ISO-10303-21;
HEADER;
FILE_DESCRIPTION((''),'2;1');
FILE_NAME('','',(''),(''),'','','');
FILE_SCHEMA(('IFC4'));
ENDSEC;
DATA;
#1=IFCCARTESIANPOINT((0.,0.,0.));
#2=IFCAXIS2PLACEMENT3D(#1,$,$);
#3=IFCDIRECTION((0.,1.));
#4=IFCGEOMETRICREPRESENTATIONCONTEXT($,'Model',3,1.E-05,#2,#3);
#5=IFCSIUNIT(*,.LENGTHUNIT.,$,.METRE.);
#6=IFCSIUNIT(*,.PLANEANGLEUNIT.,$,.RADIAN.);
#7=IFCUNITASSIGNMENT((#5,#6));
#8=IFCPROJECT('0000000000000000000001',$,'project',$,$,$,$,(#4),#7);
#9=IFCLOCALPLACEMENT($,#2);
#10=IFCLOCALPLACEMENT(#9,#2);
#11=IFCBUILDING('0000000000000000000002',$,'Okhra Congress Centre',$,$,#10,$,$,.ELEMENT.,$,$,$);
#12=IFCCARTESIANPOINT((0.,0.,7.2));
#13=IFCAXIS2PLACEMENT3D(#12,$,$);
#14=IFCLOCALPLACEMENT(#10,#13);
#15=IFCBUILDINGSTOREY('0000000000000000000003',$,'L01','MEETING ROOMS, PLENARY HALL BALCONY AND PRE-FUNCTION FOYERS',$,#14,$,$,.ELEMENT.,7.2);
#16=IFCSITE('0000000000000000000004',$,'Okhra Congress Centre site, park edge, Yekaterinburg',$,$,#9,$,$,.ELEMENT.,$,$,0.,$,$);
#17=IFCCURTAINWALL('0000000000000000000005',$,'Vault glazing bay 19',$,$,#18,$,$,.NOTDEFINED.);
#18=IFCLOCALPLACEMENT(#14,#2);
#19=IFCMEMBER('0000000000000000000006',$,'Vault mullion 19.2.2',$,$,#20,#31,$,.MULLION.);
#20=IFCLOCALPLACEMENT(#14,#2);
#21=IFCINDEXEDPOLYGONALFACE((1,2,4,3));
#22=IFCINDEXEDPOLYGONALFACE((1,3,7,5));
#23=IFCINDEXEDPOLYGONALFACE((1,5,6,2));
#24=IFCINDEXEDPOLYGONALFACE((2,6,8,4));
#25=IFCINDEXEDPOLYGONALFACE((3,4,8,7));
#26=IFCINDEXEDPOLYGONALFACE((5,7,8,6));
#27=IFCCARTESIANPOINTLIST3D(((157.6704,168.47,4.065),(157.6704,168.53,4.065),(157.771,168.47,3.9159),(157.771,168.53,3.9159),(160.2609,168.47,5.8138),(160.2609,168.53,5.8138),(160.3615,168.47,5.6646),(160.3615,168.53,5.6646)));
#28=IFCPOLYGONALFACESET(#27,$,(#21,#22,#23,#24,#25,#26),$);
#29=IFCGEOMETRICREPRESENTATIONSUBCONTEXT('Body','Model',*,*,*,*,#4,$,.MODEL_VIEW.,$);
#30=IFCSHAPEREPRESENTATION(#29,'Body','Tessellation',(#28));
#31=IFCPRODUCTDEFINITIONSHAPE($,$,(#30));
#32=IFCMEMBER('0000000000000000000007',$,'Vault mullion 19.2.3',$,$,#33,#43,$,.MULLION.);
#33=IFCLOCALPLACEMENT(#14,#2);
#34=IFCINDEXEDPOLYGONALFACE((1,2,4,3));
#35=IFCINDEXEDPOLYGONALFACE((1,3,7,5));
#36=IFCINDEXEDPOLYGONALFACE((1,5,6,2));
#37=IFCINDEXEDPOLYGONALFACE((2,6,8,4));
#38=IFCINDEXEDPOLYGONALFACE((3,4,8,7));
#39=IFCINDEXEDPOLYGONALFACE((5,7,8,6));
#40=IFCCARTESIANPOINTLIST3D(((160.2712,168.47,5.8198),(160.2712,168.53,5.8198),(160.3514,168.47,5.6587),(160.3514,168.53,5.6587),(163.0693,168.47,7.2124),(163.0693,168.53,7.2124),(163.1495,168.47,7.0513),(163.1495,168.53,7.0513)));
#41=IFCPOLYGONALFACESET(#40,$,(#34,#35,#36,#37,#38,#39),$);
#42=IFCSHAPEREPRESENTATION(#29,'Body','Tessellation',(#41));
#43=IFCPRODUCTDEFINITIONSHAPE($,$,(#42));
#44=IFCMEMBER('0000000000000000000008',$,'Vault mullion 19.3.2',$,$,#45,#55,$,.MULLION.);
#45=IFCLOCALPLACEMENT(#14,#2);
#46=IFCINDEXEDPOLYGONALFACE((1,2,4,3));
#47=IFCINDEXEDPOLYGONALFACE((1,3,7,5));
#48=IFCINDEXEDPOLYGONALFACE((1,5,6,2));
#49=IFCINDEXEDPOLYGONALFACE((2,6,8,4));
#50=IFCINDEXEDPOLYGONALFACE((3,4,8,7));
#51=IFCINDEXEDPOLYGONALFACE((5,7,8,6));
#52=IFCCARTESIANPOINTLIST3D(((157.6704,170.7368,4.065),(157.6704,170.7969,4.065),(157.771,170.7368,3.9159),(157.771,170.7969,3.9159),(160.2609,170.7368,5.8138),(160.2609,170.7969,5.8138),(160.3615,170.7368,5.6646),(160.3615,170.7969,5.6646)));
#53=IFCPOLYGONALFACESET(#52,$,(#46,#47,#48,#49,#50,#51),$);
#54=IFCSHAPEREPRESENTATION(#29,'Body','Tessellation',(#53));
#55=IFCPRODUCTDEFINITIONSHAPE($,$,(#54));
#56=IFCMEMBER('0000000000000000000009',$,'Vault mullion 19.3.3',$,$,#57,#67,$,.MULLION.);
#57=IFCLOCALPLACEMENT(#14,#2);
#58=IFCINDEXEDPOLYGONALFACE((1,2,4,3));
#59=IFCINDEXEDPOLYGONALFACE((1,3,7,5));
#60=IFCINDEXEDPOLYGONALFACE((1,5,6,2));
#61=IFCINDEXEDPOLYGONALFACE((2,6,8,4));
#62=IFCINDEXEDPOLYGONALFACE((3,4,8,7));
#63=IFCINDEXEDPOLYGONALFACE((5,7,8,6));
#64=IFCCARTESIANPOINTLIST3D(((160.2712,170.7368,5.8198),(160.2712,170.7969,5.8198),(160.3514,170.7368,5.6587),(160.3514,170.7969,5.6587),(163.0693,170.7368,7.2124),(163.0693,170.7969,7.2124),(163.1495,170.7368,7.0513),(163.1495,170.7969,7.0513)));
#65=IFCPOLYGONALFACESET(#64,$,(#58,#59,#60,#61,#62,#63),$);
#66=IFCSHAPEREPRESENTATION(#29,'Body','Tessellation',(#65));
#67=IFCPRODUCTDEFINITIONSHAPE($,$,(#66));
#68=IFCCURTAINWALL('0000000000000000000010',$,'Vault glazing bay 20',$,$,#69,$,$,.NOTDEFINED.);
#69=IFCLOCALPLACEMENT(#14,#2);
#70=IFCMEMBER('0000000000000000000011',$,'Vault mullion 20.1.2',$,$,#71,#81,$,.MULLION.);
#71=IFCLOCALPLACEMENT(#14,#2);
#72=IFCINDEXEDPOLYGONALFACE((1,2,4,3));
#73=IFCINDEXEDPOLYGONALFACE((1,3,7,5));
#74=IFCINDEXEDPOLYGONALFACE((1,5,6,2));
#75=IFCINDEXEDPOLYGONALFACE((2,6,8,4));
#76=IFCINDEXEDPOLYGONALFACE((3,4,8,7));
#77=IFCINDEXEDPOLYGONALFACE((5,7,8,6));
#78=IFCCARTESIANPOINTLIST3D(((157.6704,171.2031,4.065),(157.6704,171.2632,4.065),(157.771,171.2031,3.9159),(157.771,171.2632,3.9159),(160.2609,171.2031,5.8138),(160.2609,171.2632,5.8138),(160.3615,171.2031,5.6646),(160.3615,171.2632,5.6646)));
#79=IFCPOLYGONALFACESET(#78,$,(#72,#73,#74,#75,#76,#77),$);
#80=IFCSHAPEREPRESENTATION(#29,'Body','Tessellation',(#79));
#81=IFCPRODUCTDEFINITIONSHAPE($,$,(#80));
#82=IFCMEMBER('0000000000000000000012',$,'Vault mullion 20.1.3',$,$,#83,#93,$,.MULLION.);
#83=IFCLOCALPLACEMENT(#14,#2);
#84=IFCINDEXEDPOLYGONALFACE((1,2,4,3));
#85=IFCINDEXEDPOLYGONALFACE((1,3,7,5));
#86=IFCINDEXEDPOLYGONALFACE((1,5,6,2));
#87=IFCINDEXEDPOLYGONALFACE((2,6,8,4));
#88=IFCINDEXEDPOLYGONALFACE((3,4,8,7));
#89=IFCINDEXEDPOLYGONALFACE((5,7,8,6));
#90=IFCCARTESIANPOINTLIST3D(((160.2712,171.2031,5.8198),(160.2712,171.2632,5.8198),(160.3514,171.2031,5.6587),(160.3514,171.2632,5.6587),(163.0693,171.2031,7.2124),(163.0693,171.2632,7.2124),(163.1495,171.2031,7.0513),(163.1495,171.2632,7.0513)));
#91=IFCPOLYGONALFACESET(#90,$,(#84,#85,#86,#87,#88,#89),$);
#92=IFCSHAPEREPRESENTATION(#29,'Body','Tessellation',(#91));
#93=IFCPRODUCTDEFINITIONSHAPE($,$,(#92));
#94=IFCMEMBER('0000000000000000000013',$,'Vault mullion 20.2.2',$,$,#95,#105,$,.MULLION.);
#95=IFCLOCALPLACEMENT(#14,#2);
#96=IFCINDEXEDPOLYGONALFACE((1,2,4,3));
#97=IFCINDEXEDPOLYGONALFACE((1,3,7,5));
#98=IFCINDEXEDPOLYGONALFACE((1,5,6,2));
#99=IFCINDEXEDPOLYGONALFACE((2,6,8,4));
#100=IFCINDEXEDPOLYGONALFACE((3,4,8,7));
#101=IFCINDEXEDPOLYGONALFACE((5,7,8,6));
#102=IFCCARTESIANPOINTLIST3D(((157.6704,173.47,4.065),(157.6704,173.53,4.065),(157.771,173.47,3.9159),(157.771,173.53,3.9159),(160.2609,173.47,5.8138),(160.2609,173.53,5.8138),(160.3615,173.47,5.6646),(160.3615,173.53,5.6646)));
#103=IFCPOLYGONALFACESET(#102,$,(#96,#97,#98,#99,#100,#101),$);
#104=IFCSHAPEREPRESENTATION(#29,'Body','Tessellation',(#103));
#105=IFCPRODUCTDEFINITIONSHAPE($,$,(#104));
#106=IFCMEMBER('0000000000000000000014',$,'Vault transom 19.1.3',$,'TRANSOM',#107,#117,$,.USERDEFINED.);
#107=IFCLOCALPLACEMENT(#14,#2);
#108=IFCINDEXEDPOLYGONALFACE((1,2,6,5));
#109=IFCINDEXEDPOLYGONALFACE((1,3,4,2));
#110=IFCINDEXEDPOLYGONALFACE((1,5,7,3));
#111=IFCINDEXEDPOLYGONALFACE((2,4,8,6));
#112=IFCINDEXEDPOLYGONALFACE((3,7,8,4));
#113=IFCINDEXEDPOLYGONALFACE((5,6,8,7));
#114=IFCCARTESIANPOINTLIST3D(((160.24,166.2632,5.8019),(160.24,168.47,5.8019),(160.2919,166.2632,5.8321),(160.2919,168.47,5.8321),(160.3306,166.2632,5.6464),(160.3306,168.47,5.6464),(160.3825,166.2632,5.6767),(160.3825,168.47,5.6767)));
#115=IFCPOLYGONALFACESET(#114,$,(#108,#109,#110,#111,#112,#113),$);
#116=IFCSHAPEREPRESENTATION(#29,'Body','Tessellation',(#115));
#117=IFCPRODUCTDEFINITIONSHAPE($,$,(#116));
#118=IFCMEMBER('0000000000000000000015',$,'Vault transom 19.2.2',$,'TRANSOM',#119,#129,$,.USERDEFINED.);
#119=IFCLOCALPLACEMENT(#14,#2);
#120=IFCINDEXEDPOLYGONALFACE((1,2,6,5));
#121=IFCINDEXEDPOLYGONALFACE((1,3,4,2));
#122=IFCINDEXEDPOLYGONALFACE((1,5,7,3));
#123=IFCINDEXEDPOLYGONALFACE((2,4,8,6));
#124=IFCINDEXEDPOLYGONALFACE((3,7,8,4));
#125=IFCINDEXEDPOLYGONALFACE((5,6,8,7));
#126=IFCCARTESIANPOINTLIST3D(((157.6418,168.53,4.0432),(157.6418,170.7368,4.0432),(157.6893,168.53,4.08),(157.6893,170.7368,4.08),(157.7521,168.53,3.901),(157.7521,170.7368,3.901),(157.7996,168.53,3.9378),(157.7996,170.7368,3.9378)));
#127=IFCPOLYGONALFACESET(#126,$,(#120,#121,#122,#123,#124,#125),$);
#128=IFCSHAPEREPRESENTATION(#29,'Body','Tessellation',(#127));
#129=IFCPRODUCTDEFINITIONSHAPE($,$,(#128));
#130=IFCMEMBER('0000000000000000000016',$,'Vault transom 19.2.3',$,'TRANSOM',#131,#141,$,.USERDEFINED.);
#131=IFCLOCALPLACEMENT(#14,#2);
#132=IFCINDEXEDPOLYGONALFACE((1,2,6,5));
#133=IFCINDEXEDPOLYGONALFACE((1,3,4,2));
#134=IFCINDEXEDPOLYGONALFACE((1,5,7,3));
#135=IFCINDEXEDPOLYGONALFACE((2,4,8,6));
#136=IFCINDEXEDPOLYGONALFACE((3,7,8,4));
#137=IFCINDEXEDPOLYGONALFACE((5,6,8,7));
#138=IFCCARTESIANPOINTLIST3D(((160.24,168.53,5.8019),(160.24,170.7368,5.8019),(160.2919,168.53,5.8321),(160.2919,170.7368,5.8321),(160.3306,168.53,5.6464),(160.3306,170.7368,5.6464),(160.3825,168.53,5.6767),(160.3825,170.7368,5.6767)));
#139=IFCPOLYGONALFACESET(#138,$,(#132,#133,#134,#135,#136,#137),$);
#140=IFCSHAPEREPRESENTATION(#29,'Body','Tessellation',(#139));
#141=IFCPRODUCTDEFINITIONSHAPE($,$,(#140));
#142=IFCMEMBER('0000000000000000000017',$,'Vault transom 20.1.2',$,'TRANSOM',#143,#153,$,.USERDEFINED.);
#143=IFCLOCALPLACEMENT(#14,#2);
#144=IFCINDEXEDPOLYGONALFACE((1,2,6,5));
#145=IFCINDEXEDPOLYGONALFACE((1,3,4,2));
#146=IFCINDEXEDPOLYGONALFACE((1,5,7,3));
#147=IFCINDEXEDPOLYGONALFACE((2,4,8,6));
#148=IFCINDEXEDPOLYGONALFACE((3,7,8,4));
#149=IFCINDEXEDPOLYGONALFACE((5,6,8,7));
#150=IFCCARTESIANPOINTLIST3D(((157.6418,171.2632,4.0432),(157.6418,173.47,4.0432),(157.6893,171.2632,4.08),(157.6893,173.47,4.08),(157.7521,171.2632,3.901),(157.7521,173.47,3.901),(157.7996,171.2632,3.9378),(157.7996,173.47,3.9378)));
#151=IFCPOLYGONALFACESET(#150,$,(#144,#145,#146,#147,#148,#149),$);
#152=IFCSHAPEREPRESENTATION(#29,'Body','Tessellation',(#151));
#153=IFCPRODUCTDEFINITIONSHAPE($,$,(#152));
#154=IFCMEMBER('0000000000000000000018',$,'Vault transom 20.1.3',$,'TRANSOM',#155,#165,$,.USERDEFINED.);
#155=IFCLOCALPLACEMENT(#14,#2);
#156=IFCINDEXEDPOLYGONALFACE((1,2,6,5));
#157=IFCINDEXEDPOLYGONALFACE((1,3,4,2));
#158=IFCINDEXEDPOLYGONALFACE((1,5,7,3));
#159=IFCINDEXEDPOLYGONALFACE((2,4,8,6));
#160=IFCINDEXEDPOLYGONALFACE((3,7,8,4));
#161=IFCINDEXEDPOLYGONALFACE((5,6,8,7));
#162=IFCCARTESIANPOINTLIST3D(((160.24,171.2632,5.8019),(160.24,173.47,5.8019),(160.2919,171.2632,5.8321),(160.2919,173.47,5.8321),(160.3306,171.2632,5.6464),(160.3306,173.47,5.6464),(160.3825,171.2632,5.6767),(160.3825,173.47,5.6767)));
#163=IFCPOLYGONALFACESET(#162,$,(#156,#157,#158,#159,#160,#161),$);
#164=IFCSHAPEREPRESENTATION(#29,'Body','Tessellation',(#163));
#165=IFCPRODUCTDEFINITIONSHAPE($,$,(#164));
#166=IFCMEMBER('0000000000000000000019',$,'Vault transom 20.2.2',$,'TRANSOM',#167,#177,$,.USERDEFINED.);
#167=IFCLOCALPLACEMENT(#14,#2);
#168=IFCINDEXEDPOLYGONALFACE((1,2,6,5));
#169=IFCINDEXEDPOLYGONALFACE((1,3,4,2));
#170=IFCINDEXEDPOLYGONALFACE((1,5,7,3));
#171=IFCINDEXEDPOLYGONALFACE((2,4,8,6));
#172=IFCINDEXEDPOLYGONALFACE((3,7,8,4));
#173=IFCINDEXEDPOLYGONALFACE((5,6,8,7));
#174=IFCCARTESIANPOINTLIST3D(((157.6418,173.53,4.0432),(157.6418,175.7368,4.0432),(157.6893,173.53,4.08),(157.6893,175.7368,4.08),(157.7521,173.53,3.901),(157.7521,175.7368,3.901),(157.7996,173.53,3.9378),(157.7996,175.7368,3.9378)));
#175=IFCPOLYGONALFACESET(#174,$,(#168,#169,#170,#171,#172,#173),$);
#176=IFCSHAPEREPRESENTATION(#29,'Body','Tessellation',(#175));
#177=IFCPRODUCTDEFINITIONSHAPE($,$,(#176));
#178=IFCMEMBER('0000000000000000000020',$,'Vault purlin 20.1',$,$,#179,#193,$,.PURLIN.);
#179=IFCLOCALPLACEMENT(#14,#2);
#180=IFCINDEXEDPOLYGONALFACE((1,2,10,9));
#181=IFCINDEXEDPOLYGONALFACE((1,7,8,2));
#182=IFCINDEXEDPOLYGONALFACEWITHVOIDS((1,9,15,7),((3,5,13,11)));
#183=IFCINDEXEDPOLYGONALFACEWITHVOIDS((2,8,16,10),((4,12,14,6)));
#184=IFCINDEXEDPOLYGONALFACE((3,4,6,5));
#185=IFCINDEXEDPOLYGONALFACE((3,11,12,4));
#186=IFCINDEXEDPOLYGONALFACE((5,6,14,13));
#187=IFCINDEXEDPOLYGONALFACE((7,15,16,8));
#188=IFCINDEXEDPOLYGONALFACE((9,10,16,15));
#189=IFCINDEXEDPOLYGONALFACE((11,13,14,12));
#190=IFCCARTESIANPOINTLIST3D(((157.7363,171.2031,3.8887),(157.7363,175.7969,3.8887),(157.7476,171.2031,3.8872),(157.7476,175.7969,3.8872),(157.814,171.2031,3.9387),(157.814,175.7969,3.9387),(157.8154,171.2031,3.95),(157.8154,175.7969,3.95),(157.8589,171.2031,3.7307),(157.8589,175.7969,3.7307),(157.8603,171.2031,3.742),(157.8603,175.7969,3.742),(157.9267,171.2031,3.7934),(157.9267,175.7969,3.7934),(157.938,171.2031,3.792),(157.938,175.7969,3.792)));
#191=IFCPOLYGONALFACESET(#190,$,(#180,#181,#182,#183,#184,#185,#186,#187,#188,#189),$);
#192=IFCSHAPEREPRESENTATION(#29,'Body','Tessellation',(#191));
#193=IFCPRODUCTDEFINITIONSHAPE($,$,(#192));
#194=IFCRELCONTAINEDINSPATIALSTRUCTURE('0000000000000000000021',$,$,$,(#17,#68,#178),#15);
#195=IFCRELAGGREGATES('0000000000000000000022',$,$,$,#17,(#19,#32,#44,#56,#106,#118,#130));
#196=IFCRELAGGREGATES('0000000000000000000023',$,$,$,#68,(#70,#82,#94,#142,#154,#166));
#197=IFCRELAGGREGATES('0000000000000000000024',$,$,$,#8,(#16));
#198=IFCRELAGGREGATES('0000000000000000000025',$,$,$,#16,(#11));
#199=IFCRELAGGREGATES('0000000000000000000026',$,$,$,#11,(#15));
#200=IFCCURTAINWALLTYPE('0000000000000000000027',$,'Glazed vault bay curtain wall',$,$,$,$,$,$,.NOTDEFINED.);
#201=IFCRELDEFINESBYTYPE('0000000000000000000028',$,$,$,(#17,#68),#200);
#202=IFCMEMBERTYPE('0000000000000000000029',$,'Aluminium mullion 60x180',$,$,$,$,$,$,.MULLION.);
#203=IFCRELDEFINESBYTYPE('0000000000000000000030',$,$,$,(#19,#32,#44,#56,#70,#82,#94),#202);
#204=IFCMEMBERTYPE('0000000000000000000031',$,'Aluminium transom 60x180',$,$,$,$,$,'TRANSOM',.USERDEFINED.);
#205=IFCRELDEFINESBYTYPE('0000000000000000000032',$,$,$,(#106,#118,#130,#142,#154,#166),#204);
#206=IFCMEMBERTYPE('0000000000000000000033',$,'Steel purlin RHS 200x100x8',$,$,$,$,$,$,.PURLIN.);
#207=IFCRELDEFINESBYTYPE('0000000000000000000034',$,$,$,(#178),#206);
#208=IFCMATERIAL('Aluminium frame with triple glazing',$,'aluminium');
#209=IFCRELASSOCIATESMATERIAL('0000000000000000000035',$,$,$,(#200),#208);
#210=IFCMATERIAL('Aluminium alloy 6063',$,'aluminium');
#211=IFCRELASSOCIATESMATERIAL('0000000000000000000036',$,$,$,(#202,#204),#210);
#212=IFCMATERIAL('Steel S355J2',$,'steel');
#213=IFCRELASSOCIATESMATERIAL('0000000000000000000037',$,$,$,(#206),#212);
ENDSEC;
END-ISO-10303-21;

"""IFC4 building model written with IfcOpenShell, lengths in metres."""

from ifc_helpers import new_model, si_unit, direction, frame, origin, origin_2d, place, context, subcontext, project, spatial, rectangle, hollow_rectangle, extrude, material, material_profile, profile_set, type_object, element, aggregate, save


model = new_model("IFC4")

# Units and contexts
model_context = context("Model", 3, precision=1e-05, world=origin(), true_north=direction((0.0, 1.0)))
body_context = subcontext(model_context, "Body", "Model", "MODEL_VIEW")
ifc_project = project(units=[si_unit("LENGTHUNIT", "METRE"), si_unit("PLANEANGLEUNIT", "RADIAN")], contexts=[model_context])

# Site, building, storey
site_placement = place(None, origin())
site = spatial("IfcSite", under=ifc_project, at=site_placement, Name="Okhra Congress Centre site, park edge, Yekaterinburg", CompositionType="ELEMENT", RefElevation=0.0)
building_placement = place(site_placement, origin())
building = spatial("IfcBuilding", under=site, at=building_placement, Name="Okhra Congress Centre", CompositionType="ELEMENT")
storey_placement = place(building_placement, frame((0.0, 0.0, 7.2)))
storey = spatial("IfcBuildingStorey", under=building, at=storey_placement, Name="L01", Description="MEETING ROOMS, PLENARY HALL BALCONY AND PRE-FUNCTION FOYERS", CompositionType="ELEMENT", Elevation=7.2)

# Curtain walls, members
ifc_material_1 = material(Name="Aluminium frame with triple glazing", Category="aluminium")
curtain_wall_type = type_object("IfcCurtainWallType", Name="Glazed vault bay curtain wall", PredefinedType="NOTDEFINED", material=ifc_material_1)
curtain_wall_1_placement = place(storey_placement, origin())
curtain_wall_1 = element("IfcCurtainWall", 1, at=curtain_wall_1_placement, inside=storey, type_object=curtain_wall_type, Name="Vault glazing bay 19", PredefinedType="NOTDEFINED")
ifc_material_2 = material(Name="Aluminium alloy 6063", Category="aluminium")
ifc_material_profile_1 = material_profile(ifc_material_2, rectangle(XDim=0.0601, YDim=0.1799, at=origin_2d()), Name="AL 60x180")
ifc_profile_set_1 = profile_set([ifc_material_profile_1], Name="Aluminium alloy 6063")
member_type_1 = type_object("IfcMemberType", Name="Aluminium mullion 60x180", PredefinedType="MULLION", material=ifc_profile_set_1)
member_1_placement = place(storey_placement, frame((157.7207, 168.5, 3.9905), z_axis=(0.828828, 0.0, 0.559504), x_axis=(0.0, 1.0, 0.0)))
member_1 = element("IfcMember", 2, at=member_1_placement, type_object=member_type_1, Name="Vault mullion 19.2.2", PredefinedType="MULLION", context=body_context, shape_type="SweptSolid", body=[
    extrude(rectangle(XDim=0.0601, YDim=0.1799, at=origin_2d()), origin(), (0.0, 0.0, 1.0), 3.1255),
])
member_2_placement = place(storey_placement, frame((160.3113, 168.5, 5.7393), z_axis=(0.895254, 0.0, 0.445557), x_axis=(0.0, 1.0, 0.0)))
member_2 = element("IfcMember", 3, at=member_2_placement, type_object=member_type_1, Name="Vault mullion 19.2.3", PredefinedType="MULLION", context=body_context, shape_type="SweptSolid", body=[
    extrude(rectangle(XDim=0.0601, YDim=0.1799, at=origin_2d()), origin(), (0.0, 0.0, 1.0), 3.1255),
])
member_3_placement = place(storey_placement, frame((157.7207, 170.7668, 3.9905), z_axis=(0.828828, 0.0, 0.559504), x_axis=(0.0, 1.0, 0.0)))
member_3 = element("IfcMember", 4, at=member_3_placement, type_object=member_type_1, Name="Vault mullion 19.3.2", PredefinedType="MULLION", context=body_context, shape_type="SweptSolid", body=[
    extrude(rectangle(XDim=0.0601, YDim=0.1799, at=origin_2d()), origin(), (0.0, 0.0, 1.0), 3.1255),
])
member_4_placement = place(storey_placement, frame((160.3113, 170.7668, 5.7393), z_axis=(0.895254, 0.0, 0.445557), x_axis=(0.0, 1.0, 0.0)))
member_4 = element("IfcMember", 5, at=member_4_placement, type_object=member_type_1, Name="Vault mullion 19.3.3", PredefinedType="MULLION", context=body_context, shape_type="SweptSolid", body=[
    extrude(rectangle(XDim=0.0601, YDim=0.1799, at=origin_2d()), origin(), (0.0, 0.0, 1.0), 3.1255),
])
curtain_wall_2_placement = place(storey_placement, origin())
curtain_wall_2 = element("IfcCurtainWall", 6, at=curtain_wall_2_placement, inside=storey, type_object=curtain_wall_type, Name="Vault glazing bay 20", PredefinedType="NOTDEFINED")
member_5_placement = place(storey_placement, frame((157.7207, 171.2332, 3.9905), z_axis=(0.828828, 0.0, 0.559504), x_axis=(0.0, 1.0, 0.0)))
member_5 = element("IfcMember", 7, at=member_5_placement, type_object=member_type_1, Name="Vault mullion 20.1.2", PredefinedType="MULLION", context=body_context, shape_type="SweptSolid", body=[
    extrude(rectangle(XDim=0.0601, YDim=0.1799, at=origin_2d()), origin(), (0.0, 0.0, 1.0), 3.1255),
])
member_6_placement = place(storey_placement, frame((160.3113, 171.2332, 5.7393), z_axis=(0.895254, 0.0, 0.445557), x_axis=(0.0, 1.0, 0.0)))
member_6 = element("IfcMember", 8, at=member_6_placement, type_object=member_type_1, Name="Vault mullion 20.1.3", PredefinedType="MULLION", context=body_context, shape_type="SweptSolid", body=[
    extrude(rectangle(XDim=0.0601, YDim=0.1799, at=origin_2d()), origin(), (0.0, 0.0, 1.0), 3.1255),
])
member_7_placement = place(storey_placement, frame((157.7207, 173.5, 3.9905), z_axis=(0.828828, 0.0, 0.559504), x_axis=(0.0, 1.0, 0.0)))
member_7 = element("IfcMember", 9, at=member_7_placement, type_object=member_type_1, Name="Vault mullion 20.2.2", PredefinedType="MULLION", context=body_context, shape_type="SweptSolid", body=[
    extrude(rectangle(XDim=0.0601, YDim=0.1799, at=origin_2d()), origin(), (0.0, 0.0, 1.0), 3.1255),
])

# Members
ifc_material_profile_2 = material_profile(ifc_material_2, rectangle(XDim=0.0601, YDim=0.1799, at=origin_2d()), Name="AL 60x180 transom")
ifc_profile_set_2 = profile_set([ifc_material_profile_2], Name="Aluminium alloy 6063")
member_type_2 = type_object("IfcMemberType", Name="Aluminium transom 60x180", ElementType="TRANSOM", PredefinedType="USERDEFINED", material=ifc_profile_set_2)
member_8_placement = place(storey_placement, frame((160.3113, 166.2632, 5.7393), z_axis=(0.0, 1.0, 0.0), x_axis=(-0.863917, 0.0, -0.503634)))
member_8 = element("IfcMember", 10, at=member_8_placement, type_object=member_type_2, Name="Vault transom 19.1.3", ObjectType="TRANSOM", PredefinedType="USERDEFINED", context=body_context, shape_type="SweptSolid", body=[
    extrude(rectangle(XDim=0.0601, YDim=0.1799, at=origin_2d()), origin(), (0.0, 0.0, 1.0), 2.2068),
])
member_9_placement = place(storey_placement, frame((157.7207, 168.53, 3.9905), z_axis=(0.0, 1.0, 0.0), x_axis=(-0.790145, 0.0, -0.61292)))
member_9 = element("IfcMember", 11, at=member_9_placement, type_object=member_type_2, Name="Vault transom 19.2.2", ObjectType="TRANSOM", PredefinedType="USERDEFINED", context=body_context, shape_type="SweptSolid", body=[
    extrude(rectangle(XDim=0.0601, YDim=0.1799, at=origin_2d()), origin(), (0.0, 0.0, 1.0), 2.2068),
])
member_10_placement = place(storey_placement, frame((160.3113, 168.53, 5.7393), z_axis=(0.0, 1.0, 0.0), x_axis=(-0.863917, 0.0, -0.503634)))
member_10 = element("IfcMember", 12, at=member_10_placement, type_object=member_type_2, Name="Vault transom 19.2.3", ObjectType="TRANSOM", PredefinedType="USERDEFINED", context=body_context, shape_type="SweptSolid", body=[
    extrude(rectangle(XDim=0.0601, YDim=0.1799, at=origin_2d()), origin(), (0.0, 0.0, 1.0), 2.2068),
])
member_11_placement = place(storey_placement, frame((157.7207, 171.2632, 3.9905), z_axis=(0.0, 1.0, 0.0), x_axis=(-0.790145, 0.0, -0.61292)))
member_11 = element("IfcMember", 13, at=member_11_placement, type_object=member_type_2, Name="Vault transom 20.1.2", ObjectType="TRANSOM", PredefinedType="USERDEFINED", context=body_context, shape_type="SweptSolid", body=[
    extrude(rectangle(XDim=0.0601, YDim=0.1799, at=origin_2d()), origin(), (0.0, 0.0, 1.0), 2.2068),
])
member_12_placement = place(storey_placement, frame((160.3113, 171.2632, 5.7393), z_axis=(0.0, 1.0, 0.0), x_axis=(-0.863917, 0.0, -0.503634)))
member_12 = element("IfcMember", 14, at=member_12_placement, type_object=member_type_2, Name="Vault transom 20.1.3", ObjectType="TRANSOM", PredefinedType="USERDEFINED", context=body_context, shape_type="SweptSolid", body=[
    extrude(rectangle(XDim=0.0601, YDim=0.1799, at=origin_2d()), origin(), (0.0, 0.0, 1.0), 2.2068),
])
member_13_placement = place(storey_placement, frame((157.7207, 173.53, 3.9905), z_axis=(0.0, 1.0, 0.0), x_axis=(-0.790145, 0.0, -0.61292)))
member_13 = element("IfcMember", 15, at=member_13_placement, type_object=member_type_2, Name="Vault transom 20.2.2", ObjectType="TRANSOM", PredefinedType="USERDEFINED", context=body_context, shape_type="SweptSolid", body=[
    extrude(rectangle(XDim=0.0601, YDim=0.1799, at=origin_2d()), origin(), (0.0, 0.0, 1.0), 2.2068),
])

# Member
ifc_material_3 = material(Name="Steel S355J2", Category="steel")
ifc_material_profile_3 = material_profile(ifc_material_3, hollow_rectangle(XDim=0.1001, YDim=0.2, WallThickness=0.0081, at=origin_2d()), Name="RHS 200x100x8")
ifc_profile_set_3 = profile_set([ifc_material_profile_3], Name="Steel S355J2")
member_type_3 = type_object("IfcMemberType", Name="Steel purlin RHS 200x100x8", PredefinedType="PURLIN", material=ifc_profile_set_3)
member_14_placement = place(storey_placement, frame((157.8372, 171.2031, 3.8403), z_axis=(0.0, 1.0, 0.0), x_axis=(-0.790145, 0.0, -0.61292)))
element("IfcMember", 16, at=member_14_placement, inside=storey, type_object=member_type_3, Name="Vault purlin 20.1", PredefinedType="PURLIN", context=body_context, shape_type="SweptSolid", body=[
    extrude(hollow_rectangle(XDim=0.1001, YDim=0.2, WallThickness=0.0081, at=origin_2d()), origin(), (0.0, 0.0, 1.0), 4.5938),
])

aggregate(curtain_wall_1, [member_1, member_2, member_3, member_4, member_8, member_9, member_10])
aggregate(curtain_wall_2, [member_5, member_6, member_7, member_11, member_12, member_13])

save(model, "model.ifc")
